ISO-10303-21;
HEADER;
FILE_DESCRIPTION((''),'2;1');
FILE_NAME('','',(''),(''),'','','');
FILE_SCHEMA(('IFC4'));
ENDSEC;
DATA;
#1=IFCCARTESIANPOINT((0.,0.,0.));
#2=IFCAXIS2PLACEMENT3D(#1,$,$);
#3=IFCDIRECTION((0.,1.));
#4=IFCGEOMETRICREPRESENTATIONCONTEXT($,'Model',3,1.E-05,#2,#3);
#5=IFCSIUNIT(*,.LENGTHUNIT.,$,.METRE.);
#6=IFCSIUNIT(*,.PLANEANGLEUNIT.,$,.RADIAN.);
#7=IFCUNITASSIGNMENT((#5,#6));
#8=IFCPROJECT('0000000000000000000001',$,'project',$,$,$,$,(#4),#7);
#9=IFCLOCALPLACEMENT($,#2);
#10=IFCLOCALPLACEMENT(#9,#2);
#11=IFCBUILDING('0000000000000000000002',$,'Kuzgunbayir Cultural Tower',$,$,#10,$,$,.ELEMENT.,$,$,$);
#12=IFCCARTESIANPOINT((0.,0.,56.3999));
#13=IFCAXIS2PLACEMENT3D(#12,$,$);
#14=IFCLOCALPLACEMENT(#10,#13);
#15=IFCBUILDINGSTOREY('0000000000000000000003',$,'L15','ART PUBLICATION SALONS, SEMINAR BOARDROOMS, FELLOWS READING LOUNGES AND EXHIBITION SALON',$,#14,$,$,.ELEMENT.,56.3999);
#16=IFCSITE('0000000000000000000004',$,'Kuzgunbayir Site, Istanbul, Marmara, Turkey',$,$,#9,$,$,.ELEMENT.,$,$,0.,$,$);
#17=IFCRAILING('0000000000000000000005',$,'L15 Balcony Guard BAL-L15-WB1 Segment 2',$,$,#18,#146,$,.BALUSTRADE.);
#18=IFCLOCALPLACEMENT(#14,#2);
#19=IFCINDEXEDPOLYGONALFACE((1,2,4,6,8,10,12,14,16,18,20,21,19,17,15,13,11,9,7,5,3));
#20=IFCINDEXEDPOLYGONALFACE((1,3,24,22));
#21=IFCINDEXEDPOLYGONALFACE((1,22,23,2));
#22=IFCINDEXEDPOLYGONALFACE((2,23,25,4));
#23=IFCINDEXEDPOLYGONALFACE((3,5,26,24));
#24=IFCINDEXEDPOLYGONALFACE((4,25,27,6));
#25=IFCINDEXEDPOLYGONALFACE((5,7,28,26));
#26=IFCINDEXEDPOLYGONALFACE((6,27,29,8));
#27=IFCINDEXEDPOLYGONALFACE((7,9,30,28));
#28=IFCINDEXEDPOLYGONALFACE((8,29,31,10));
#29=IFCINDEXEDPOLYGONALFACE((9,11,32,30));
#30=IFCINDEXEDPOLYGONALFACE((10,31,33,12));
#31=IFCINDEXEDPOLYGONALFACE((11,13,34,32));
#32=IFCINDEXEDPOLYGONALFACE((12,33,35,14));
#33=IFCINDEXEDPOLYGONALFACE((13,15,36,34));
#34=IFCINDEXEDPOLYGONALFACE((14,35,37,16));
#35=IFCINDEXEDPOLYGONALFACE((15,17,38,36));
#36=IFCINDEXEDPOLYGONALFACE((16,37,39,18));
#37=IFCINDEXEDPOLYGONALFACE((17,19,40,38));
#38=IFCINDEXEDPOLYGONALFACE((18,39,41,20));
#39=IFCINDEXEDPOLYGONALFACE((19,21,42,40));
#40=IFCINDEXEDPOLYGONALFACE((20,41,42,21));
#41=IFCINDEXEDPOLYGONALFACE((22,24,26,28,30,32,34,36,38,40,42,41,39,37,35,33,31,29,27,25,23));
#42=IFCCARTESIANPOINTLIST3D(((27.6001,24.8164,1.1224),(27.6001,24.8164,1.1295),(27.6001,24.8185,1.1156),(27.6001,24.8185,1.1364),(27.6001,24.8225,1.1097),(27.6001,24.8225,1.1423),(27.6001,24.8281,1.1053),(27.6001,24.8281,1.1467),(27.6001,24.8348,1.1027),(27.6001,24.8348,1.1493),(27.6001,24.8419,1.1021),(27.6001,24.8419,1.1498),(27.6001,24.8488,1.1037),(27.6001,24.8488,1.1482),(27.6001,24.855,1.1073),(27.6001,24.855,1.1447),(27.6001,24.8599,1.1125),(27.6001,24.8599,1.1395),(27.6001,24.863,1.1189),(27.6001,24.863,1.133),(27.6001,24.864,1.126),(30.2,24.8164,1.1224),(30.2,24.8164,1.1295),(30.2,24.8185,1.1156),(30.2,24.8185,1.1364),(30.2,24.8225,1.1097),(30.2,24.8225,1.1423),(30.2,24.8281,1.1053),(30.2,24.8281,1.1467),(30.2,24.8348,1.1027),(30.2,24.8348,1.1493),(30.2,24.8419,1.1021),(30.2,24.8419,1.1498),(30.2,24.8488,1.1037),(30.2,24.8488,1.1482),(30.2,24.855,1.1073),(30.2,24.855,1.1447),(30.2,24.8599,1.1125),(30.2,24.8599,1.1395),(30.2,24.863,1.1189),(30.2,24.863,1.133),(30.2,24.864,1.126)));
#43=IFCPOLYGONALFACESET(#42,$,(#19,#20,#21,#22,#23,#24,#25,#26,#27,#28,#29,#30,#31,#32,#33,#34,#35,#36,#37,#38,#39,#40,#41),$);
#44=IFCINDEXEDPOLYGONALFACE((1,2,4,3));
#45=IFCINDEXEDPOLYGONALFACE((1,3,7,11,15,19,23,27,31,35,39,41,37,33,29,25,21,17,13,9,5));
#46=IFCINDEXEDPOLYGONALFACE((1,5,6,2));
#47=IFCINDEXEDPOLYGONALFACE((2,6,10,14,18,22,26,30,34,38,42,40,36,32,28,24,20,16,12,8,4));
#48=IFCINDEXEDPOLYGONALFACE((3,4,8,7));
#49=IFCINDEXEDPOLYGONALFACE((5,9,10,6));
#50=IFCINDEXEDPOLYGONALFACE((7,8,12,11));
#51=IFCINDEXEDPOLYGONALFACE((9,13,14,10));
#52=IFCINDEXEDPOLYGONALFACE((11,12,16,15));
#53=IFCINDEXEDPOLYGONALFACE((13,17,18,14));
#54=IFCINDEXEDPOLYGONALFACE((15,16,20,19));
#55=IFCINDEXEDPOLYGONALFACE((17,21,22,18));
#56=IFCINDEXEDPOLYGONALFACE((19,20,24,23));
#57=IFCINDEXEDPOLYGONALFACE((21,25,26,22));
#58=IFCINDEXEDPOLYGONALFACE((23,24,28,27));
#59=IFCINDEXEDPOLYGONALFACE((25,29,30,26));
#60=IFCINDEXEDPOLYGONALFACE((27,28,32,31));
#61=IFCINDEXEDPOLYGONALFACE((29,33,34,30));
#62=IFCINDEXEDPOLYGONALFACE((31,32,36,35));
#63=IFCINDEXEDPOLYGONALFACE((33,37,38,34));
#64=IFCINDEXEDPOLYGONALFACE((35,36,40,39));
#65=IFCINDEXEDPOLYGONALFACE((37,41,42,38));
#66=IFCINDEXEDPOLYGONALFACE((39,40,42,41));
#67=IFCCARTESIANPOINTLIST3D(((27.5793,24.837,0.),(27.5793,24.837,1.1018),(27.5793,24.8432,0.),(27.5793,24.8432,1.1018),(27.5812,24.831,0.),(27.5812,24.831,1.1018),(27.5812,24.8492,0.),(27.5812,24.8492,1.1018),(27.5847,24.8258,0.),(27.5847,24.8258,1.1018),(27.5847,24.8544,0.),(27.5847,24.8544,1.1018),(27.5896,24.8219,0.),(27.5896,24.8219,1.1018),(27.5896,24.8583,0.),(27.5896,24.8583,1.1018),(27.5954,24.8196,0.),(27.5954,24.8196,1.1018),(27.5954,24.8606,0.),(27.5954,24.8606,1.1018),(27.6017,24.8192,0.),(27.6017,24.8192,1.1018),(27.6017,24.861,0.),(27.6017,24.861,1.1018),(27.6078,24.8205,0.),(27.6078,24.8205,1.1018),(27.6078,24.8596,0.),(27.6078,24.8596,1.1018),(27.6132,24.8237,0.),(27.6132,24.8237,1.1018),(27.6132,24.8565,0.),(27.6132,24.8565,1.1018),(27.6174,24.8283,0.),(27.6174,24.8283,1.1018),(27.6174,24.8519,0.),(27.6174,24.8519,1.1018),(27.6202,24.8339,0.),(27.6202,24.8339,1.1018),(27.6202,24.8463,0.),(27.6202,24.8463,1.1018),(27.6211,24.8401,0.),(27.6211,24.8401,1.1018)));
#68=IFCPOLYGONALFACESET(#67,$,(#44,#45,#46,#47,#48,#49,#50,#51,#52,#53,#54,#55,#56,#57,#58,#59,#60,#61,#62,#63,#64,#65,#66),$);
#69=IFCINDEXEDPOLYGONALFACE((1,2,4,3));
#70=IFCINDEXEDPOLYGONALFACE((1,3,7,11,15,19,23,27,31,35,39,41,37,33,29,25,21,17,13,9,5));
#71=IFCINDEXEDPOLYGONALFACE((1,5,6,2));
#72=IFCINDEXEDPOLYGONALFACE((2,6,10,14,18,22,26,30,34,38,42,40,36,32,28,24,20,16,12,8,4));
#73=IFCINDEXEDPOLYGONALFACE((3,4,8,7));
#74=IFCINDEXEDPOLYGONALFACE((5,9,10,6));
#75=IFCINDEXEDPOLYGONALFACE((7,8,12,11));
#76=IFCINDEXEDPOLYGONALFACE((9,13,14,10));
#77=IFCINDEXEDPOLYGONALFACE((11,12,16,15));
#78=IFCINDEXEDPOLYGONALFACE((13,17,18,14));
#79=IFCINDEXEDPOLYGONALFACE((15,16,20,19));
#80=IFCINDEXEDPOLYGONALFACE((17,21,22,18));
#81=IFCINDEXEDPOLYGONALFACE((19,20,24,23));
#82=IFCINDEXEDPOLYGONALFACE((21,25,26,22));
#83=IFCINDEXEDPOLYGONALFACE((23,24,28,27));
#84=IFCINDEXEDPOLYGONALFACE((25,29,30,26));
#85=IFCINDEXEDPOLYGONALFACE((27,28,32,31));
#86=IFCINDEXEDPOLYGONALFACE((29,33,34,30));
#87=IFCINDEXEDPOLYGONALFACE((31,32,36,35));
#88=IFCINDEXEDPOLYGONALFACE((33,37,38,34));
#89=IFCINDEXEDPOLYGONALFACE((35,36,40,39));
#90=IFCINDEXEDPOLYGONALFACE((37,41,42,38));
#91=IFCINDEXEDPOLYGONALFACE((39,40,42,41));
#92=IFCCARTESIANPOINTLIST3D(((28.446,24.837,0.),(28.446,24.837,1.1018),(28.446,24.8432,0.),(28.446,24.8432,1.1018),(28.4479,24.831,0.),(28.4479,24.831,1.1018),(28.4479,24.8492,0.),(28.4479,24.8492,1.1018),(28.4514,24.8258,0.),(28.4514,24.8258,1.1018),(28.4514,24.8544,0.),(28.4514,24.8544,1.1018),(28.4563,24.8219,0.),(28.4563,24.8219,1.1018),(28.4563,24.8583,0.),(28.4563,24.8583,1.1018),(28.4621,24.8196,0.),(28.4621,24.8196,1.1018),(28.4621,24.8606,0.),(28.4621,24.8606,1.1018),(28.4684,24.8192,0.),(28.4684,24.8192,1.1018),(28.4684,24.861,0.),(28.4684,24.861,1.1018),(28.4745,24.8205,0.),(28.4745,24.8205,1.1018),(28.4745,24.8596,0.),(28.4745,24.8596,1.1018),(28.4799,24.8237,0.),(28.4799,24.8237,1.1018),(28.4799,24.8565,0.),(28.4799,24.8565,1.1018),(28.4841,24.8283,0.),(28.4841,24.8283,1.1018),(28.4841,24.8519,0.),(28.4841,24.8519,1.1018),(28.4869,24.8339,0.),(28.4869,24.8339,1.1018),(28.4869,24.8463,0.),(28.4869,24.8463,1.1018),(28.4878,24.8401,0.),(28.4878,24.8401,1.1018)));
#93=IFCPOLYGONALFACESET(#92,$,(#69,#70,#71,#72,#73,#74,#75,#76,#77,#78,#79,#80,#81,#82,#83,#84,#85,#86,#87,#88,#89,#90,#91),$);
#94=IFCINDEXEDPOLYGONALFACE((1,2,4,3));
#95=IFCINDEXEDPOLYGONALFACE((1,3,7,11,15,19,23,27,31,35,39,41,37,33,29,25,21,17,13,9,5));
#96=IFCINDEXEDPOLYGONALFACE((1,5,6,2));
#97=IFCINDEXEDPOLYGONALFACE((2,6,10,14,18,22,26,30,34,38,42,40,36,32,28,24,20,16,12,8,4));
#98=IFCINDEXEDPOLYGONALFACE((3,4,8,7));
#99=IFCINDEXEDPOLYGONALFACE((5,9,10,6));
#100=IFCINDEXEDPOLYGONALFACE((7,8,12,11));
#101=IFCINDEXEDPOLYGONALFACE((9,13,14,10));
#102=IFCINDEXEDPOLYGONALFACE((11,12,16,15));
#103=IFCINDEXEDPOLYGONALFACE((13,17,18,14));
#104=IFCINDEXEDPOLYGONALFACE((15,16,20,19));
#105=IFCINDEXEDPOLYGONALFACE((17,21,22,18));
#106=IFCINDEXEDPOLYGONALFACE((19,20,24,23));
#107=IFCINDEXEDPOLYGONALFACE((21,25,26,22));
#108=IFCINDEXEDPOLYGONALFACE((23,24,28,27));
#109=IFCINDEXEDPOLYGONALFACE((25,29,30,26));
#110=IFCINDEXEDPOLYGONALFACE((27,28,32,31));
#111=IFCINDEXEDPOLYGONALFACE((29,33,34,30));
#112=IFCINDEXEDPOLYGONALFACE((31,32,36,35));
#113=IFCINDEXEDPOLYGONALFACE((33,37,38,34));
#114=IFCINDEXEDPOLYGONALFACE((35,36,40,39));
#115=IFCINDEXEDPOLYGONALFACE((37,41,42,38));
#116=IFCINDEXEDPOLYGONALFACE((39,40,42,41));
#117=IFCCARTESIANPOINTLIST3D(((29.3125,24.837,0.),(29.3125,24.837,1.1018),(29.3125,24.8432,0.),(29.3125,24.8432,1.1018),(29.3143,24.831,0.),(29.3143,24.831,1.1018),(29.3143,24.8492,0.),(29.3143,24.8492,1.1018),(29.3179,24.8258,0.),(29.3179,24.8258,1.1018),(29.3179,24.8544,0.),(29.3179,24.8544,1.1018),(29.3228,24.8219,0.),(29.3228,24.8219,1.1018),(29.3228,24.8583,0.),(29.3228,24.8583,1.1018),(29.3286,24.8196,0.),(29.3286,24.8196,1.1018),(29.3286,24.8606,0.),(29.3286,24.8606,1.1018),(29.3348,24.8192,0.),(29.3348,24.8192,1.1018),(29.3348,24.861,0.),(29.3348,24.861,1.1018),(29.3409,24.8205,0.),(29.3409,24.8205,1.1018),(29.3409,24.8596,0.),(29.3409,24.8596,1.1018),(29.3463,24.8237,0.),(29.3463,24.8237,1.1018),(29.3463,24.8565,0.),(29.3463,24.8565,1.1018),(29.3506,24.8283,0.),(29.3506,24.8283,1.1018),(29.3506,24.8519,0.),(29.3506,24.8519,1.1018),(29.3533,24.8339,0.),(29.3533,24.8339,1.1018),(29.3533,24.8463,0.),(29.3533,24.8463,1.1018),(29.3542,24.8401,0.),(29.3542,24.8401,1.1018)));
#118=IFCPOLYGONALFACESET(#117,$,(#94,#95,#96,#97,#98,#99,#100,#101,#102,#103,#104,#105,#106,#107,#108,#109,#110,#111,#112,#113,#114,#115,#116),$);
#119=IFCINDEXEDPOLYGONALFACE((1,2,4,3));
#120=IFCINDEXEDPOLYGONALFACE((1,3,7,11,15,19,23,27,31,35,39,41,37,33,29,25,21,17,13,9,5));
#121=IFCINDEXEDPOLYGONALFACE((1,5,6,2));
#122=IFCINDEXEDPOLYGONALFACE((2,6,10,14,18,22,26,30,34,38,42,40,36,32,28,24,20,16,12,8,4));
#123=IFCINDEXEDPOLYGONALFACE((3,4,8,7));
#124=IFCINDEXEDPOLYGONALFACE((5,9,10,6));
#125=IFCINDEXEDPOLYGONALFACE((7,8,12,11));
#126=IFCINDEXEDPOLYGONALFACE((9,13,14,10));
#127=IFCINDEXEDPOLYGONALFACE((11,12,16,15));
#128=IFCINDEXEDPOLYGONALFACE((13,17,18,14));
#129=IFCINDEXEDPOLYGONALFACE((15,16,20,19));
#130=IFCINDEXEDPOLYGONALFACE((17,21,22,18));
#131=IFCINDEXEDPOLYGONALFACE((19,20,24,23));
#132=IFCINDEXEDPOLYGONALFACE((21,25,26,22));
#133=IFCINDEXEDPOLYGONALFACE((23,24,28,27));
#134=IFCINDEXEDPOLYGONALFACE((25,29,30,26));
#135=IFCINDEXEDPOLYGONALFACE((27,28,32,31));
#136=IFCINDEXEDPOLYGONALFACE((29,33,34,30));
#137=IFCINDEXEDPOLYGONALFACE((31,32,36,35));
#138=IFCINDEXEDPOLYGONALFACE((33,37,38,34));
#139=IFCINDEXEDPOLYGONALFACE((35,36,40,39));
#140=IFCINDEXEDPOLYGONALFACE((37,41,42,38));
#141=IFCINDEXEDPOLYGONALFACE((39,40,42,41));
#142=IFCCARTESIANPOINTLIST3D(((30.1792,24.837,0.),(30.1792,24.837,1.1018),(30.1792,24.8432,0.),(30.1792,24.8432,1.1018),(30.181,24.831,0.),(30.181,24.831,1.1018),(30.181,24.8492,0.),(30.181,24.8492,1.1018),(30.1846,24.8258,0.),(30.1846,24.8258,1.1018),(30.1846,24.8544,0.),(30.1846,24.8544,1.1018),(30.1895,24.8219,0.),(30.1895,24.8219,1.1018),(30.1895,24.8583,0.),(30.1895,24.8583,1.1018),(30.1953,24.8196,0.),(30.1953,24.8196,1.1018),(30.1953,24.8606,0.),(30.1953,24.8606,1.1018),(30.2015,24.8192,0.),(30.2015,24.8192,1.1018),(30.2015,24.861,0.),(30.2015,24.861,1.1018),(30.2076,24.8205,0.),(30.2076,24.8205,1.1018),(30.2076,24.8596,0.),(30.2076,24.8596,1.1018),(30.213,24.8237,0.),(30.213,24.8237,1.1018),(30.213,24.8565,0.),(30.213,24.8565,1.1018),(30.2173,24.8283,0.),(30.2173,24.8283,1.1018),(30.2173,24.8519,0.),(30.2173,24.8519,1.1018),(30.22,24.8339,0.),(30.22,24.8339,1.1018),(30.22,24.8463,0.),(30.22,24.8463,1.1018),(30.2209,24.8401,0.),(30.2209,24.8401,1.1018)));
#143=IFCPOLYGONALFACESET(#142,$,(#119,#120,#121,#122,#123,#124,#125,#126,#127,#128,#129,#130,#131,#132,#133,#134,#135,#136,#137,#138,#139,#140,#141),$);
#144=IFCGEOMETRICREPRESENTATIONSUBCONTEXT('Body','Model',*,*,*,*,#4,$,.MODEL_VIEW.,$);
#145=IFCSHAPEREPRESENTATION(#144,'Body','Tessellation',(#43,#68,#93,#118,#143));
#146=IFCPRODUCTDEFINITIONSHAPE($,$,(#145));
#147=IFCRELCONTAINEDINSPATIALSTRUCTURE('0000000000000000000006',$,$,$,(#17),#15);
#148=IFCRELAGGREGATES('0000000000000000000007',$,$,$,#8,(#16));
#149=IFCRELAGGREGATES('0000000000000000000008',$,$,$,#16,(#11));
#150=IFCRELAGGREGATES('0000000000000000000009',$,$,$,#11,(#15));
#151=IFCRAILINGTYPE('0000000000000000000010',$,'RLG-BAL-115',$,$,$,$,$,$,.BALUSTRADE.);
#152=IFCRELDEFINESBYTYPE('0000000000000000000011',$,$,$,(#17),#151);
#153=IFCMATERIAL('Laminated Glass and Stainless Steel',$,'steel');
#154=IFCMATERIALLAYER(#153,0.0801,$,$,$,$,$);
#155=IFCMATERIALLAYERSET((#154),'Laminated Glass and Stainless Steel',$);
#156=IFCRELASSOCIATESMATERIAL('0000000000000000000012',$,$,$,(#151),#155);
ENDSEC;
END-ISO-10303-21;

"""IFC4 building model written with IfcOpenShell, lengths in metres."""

from ifc_helpers import new_model, si_unit, direction, frame, origin, origin_2d, place, context, subcontext, project, spatial, circle, extrude, material, layer, layer_set, type_object, element, save


model = new_model("IFC4")

# Units and contexts
model_context = context("Model", 3, precision=1e-05, world=origin(), true_north=direction((0.0, 1.0)))
body_context = subcontext(model_context, "Body", "Model", "MODEL_VIEW")
ifc_project = project(units=[si_unit("LENGTHUNIT", "METRE"), si_unit("PLANEANGLEUNIT", "RADIAN")], contexts=[model_context])

# Site, building, storey
site_placement = place(None, origin())
site = spatial("IfcSite", under=ifc_project, at=site_placement, Name="Kuzgunbayir Site, Istanbul, Marmara, Turkey", CompositionType="ELEMENT", RefElevation=0.0)
building_placement = place(site_placement, origin())
building = spatial("IfcBuilding", under=site, at=building_placement, Name="Kuzgunbayir Cultural Tower", CompositionType="ELEMENT")
storey_placement = place(building_placement, frame((0.0, 0.0, 56.3999)))
storey = spatial("IfcBuildingStorey", under=building, at=storey_placement, Name="L15", Description="ART PUBLICATION SALONS, SEMINAR BOARDROOMS, FELLOWS READING LOUNGES AND EXHIBITION SALON", CompositionType="ELEMENT", Elevation=56.3999)

# Railing
ifc_material_1 = material(Name="Laminated Glass and Stainless Steel", Category="steel")
ifc_layer_1 = layer(ifc_material_1, 0.0801)
ifc_layer_set_1 = layer_set([ifc_layer_1], Name="Laminated Glass and Stainless Steel")
railing_type = type_object("IfcRailingType", Name="RLG-BAL-115", PredefinedType="BALUSTRADE", material=ifc_layer_set_1)
railing_1_placement = place(storey_placement, frame((27.6001, 24.8401, 0.0)))
element("IfcRailing", 1, at=railing_1_placement, inside=storey, type_object=railing_type, Name="L15 Balcony Guard BAL-L15-WB1 Segment 2", PredefinedType="BALUSTRADE", context=body_context, shape_type="SweptSolid", body=[
    extrude(circle(Radius=0.0239, at=origin_2d()), frame((0.0, 0.0, 1.126), z_axis=(1.0, 0.0, 0.0), x_axis=(0.0, 1.0, 0.0)), (0.0, 0.0, 1.0), 2.5999),
    extrude(circle(Radius=0.021, at=origin_2d()), origin(), (0.0, 0.0, 1.0), 1.1018),
    extrude(circle(Radius=0.021, at=origin_2d()), frame((0.8667, 0.0, 0.0)), (0.0, 0.0, 1.0), 1.1018),
    extrude(circle(Radius=0.021, at=origin_2d()), frame((1.7332, 0.0, 0.0)), (0.0, 0.0, 1.0), 1.1018),
    extrude(circle(Radius=0.021, at=origin_2d()), frame((2.5999, 0.0, 0.0)), (0.0, 0.0, 1.0), 1.1018),
])

save(model, "model.ifc")
